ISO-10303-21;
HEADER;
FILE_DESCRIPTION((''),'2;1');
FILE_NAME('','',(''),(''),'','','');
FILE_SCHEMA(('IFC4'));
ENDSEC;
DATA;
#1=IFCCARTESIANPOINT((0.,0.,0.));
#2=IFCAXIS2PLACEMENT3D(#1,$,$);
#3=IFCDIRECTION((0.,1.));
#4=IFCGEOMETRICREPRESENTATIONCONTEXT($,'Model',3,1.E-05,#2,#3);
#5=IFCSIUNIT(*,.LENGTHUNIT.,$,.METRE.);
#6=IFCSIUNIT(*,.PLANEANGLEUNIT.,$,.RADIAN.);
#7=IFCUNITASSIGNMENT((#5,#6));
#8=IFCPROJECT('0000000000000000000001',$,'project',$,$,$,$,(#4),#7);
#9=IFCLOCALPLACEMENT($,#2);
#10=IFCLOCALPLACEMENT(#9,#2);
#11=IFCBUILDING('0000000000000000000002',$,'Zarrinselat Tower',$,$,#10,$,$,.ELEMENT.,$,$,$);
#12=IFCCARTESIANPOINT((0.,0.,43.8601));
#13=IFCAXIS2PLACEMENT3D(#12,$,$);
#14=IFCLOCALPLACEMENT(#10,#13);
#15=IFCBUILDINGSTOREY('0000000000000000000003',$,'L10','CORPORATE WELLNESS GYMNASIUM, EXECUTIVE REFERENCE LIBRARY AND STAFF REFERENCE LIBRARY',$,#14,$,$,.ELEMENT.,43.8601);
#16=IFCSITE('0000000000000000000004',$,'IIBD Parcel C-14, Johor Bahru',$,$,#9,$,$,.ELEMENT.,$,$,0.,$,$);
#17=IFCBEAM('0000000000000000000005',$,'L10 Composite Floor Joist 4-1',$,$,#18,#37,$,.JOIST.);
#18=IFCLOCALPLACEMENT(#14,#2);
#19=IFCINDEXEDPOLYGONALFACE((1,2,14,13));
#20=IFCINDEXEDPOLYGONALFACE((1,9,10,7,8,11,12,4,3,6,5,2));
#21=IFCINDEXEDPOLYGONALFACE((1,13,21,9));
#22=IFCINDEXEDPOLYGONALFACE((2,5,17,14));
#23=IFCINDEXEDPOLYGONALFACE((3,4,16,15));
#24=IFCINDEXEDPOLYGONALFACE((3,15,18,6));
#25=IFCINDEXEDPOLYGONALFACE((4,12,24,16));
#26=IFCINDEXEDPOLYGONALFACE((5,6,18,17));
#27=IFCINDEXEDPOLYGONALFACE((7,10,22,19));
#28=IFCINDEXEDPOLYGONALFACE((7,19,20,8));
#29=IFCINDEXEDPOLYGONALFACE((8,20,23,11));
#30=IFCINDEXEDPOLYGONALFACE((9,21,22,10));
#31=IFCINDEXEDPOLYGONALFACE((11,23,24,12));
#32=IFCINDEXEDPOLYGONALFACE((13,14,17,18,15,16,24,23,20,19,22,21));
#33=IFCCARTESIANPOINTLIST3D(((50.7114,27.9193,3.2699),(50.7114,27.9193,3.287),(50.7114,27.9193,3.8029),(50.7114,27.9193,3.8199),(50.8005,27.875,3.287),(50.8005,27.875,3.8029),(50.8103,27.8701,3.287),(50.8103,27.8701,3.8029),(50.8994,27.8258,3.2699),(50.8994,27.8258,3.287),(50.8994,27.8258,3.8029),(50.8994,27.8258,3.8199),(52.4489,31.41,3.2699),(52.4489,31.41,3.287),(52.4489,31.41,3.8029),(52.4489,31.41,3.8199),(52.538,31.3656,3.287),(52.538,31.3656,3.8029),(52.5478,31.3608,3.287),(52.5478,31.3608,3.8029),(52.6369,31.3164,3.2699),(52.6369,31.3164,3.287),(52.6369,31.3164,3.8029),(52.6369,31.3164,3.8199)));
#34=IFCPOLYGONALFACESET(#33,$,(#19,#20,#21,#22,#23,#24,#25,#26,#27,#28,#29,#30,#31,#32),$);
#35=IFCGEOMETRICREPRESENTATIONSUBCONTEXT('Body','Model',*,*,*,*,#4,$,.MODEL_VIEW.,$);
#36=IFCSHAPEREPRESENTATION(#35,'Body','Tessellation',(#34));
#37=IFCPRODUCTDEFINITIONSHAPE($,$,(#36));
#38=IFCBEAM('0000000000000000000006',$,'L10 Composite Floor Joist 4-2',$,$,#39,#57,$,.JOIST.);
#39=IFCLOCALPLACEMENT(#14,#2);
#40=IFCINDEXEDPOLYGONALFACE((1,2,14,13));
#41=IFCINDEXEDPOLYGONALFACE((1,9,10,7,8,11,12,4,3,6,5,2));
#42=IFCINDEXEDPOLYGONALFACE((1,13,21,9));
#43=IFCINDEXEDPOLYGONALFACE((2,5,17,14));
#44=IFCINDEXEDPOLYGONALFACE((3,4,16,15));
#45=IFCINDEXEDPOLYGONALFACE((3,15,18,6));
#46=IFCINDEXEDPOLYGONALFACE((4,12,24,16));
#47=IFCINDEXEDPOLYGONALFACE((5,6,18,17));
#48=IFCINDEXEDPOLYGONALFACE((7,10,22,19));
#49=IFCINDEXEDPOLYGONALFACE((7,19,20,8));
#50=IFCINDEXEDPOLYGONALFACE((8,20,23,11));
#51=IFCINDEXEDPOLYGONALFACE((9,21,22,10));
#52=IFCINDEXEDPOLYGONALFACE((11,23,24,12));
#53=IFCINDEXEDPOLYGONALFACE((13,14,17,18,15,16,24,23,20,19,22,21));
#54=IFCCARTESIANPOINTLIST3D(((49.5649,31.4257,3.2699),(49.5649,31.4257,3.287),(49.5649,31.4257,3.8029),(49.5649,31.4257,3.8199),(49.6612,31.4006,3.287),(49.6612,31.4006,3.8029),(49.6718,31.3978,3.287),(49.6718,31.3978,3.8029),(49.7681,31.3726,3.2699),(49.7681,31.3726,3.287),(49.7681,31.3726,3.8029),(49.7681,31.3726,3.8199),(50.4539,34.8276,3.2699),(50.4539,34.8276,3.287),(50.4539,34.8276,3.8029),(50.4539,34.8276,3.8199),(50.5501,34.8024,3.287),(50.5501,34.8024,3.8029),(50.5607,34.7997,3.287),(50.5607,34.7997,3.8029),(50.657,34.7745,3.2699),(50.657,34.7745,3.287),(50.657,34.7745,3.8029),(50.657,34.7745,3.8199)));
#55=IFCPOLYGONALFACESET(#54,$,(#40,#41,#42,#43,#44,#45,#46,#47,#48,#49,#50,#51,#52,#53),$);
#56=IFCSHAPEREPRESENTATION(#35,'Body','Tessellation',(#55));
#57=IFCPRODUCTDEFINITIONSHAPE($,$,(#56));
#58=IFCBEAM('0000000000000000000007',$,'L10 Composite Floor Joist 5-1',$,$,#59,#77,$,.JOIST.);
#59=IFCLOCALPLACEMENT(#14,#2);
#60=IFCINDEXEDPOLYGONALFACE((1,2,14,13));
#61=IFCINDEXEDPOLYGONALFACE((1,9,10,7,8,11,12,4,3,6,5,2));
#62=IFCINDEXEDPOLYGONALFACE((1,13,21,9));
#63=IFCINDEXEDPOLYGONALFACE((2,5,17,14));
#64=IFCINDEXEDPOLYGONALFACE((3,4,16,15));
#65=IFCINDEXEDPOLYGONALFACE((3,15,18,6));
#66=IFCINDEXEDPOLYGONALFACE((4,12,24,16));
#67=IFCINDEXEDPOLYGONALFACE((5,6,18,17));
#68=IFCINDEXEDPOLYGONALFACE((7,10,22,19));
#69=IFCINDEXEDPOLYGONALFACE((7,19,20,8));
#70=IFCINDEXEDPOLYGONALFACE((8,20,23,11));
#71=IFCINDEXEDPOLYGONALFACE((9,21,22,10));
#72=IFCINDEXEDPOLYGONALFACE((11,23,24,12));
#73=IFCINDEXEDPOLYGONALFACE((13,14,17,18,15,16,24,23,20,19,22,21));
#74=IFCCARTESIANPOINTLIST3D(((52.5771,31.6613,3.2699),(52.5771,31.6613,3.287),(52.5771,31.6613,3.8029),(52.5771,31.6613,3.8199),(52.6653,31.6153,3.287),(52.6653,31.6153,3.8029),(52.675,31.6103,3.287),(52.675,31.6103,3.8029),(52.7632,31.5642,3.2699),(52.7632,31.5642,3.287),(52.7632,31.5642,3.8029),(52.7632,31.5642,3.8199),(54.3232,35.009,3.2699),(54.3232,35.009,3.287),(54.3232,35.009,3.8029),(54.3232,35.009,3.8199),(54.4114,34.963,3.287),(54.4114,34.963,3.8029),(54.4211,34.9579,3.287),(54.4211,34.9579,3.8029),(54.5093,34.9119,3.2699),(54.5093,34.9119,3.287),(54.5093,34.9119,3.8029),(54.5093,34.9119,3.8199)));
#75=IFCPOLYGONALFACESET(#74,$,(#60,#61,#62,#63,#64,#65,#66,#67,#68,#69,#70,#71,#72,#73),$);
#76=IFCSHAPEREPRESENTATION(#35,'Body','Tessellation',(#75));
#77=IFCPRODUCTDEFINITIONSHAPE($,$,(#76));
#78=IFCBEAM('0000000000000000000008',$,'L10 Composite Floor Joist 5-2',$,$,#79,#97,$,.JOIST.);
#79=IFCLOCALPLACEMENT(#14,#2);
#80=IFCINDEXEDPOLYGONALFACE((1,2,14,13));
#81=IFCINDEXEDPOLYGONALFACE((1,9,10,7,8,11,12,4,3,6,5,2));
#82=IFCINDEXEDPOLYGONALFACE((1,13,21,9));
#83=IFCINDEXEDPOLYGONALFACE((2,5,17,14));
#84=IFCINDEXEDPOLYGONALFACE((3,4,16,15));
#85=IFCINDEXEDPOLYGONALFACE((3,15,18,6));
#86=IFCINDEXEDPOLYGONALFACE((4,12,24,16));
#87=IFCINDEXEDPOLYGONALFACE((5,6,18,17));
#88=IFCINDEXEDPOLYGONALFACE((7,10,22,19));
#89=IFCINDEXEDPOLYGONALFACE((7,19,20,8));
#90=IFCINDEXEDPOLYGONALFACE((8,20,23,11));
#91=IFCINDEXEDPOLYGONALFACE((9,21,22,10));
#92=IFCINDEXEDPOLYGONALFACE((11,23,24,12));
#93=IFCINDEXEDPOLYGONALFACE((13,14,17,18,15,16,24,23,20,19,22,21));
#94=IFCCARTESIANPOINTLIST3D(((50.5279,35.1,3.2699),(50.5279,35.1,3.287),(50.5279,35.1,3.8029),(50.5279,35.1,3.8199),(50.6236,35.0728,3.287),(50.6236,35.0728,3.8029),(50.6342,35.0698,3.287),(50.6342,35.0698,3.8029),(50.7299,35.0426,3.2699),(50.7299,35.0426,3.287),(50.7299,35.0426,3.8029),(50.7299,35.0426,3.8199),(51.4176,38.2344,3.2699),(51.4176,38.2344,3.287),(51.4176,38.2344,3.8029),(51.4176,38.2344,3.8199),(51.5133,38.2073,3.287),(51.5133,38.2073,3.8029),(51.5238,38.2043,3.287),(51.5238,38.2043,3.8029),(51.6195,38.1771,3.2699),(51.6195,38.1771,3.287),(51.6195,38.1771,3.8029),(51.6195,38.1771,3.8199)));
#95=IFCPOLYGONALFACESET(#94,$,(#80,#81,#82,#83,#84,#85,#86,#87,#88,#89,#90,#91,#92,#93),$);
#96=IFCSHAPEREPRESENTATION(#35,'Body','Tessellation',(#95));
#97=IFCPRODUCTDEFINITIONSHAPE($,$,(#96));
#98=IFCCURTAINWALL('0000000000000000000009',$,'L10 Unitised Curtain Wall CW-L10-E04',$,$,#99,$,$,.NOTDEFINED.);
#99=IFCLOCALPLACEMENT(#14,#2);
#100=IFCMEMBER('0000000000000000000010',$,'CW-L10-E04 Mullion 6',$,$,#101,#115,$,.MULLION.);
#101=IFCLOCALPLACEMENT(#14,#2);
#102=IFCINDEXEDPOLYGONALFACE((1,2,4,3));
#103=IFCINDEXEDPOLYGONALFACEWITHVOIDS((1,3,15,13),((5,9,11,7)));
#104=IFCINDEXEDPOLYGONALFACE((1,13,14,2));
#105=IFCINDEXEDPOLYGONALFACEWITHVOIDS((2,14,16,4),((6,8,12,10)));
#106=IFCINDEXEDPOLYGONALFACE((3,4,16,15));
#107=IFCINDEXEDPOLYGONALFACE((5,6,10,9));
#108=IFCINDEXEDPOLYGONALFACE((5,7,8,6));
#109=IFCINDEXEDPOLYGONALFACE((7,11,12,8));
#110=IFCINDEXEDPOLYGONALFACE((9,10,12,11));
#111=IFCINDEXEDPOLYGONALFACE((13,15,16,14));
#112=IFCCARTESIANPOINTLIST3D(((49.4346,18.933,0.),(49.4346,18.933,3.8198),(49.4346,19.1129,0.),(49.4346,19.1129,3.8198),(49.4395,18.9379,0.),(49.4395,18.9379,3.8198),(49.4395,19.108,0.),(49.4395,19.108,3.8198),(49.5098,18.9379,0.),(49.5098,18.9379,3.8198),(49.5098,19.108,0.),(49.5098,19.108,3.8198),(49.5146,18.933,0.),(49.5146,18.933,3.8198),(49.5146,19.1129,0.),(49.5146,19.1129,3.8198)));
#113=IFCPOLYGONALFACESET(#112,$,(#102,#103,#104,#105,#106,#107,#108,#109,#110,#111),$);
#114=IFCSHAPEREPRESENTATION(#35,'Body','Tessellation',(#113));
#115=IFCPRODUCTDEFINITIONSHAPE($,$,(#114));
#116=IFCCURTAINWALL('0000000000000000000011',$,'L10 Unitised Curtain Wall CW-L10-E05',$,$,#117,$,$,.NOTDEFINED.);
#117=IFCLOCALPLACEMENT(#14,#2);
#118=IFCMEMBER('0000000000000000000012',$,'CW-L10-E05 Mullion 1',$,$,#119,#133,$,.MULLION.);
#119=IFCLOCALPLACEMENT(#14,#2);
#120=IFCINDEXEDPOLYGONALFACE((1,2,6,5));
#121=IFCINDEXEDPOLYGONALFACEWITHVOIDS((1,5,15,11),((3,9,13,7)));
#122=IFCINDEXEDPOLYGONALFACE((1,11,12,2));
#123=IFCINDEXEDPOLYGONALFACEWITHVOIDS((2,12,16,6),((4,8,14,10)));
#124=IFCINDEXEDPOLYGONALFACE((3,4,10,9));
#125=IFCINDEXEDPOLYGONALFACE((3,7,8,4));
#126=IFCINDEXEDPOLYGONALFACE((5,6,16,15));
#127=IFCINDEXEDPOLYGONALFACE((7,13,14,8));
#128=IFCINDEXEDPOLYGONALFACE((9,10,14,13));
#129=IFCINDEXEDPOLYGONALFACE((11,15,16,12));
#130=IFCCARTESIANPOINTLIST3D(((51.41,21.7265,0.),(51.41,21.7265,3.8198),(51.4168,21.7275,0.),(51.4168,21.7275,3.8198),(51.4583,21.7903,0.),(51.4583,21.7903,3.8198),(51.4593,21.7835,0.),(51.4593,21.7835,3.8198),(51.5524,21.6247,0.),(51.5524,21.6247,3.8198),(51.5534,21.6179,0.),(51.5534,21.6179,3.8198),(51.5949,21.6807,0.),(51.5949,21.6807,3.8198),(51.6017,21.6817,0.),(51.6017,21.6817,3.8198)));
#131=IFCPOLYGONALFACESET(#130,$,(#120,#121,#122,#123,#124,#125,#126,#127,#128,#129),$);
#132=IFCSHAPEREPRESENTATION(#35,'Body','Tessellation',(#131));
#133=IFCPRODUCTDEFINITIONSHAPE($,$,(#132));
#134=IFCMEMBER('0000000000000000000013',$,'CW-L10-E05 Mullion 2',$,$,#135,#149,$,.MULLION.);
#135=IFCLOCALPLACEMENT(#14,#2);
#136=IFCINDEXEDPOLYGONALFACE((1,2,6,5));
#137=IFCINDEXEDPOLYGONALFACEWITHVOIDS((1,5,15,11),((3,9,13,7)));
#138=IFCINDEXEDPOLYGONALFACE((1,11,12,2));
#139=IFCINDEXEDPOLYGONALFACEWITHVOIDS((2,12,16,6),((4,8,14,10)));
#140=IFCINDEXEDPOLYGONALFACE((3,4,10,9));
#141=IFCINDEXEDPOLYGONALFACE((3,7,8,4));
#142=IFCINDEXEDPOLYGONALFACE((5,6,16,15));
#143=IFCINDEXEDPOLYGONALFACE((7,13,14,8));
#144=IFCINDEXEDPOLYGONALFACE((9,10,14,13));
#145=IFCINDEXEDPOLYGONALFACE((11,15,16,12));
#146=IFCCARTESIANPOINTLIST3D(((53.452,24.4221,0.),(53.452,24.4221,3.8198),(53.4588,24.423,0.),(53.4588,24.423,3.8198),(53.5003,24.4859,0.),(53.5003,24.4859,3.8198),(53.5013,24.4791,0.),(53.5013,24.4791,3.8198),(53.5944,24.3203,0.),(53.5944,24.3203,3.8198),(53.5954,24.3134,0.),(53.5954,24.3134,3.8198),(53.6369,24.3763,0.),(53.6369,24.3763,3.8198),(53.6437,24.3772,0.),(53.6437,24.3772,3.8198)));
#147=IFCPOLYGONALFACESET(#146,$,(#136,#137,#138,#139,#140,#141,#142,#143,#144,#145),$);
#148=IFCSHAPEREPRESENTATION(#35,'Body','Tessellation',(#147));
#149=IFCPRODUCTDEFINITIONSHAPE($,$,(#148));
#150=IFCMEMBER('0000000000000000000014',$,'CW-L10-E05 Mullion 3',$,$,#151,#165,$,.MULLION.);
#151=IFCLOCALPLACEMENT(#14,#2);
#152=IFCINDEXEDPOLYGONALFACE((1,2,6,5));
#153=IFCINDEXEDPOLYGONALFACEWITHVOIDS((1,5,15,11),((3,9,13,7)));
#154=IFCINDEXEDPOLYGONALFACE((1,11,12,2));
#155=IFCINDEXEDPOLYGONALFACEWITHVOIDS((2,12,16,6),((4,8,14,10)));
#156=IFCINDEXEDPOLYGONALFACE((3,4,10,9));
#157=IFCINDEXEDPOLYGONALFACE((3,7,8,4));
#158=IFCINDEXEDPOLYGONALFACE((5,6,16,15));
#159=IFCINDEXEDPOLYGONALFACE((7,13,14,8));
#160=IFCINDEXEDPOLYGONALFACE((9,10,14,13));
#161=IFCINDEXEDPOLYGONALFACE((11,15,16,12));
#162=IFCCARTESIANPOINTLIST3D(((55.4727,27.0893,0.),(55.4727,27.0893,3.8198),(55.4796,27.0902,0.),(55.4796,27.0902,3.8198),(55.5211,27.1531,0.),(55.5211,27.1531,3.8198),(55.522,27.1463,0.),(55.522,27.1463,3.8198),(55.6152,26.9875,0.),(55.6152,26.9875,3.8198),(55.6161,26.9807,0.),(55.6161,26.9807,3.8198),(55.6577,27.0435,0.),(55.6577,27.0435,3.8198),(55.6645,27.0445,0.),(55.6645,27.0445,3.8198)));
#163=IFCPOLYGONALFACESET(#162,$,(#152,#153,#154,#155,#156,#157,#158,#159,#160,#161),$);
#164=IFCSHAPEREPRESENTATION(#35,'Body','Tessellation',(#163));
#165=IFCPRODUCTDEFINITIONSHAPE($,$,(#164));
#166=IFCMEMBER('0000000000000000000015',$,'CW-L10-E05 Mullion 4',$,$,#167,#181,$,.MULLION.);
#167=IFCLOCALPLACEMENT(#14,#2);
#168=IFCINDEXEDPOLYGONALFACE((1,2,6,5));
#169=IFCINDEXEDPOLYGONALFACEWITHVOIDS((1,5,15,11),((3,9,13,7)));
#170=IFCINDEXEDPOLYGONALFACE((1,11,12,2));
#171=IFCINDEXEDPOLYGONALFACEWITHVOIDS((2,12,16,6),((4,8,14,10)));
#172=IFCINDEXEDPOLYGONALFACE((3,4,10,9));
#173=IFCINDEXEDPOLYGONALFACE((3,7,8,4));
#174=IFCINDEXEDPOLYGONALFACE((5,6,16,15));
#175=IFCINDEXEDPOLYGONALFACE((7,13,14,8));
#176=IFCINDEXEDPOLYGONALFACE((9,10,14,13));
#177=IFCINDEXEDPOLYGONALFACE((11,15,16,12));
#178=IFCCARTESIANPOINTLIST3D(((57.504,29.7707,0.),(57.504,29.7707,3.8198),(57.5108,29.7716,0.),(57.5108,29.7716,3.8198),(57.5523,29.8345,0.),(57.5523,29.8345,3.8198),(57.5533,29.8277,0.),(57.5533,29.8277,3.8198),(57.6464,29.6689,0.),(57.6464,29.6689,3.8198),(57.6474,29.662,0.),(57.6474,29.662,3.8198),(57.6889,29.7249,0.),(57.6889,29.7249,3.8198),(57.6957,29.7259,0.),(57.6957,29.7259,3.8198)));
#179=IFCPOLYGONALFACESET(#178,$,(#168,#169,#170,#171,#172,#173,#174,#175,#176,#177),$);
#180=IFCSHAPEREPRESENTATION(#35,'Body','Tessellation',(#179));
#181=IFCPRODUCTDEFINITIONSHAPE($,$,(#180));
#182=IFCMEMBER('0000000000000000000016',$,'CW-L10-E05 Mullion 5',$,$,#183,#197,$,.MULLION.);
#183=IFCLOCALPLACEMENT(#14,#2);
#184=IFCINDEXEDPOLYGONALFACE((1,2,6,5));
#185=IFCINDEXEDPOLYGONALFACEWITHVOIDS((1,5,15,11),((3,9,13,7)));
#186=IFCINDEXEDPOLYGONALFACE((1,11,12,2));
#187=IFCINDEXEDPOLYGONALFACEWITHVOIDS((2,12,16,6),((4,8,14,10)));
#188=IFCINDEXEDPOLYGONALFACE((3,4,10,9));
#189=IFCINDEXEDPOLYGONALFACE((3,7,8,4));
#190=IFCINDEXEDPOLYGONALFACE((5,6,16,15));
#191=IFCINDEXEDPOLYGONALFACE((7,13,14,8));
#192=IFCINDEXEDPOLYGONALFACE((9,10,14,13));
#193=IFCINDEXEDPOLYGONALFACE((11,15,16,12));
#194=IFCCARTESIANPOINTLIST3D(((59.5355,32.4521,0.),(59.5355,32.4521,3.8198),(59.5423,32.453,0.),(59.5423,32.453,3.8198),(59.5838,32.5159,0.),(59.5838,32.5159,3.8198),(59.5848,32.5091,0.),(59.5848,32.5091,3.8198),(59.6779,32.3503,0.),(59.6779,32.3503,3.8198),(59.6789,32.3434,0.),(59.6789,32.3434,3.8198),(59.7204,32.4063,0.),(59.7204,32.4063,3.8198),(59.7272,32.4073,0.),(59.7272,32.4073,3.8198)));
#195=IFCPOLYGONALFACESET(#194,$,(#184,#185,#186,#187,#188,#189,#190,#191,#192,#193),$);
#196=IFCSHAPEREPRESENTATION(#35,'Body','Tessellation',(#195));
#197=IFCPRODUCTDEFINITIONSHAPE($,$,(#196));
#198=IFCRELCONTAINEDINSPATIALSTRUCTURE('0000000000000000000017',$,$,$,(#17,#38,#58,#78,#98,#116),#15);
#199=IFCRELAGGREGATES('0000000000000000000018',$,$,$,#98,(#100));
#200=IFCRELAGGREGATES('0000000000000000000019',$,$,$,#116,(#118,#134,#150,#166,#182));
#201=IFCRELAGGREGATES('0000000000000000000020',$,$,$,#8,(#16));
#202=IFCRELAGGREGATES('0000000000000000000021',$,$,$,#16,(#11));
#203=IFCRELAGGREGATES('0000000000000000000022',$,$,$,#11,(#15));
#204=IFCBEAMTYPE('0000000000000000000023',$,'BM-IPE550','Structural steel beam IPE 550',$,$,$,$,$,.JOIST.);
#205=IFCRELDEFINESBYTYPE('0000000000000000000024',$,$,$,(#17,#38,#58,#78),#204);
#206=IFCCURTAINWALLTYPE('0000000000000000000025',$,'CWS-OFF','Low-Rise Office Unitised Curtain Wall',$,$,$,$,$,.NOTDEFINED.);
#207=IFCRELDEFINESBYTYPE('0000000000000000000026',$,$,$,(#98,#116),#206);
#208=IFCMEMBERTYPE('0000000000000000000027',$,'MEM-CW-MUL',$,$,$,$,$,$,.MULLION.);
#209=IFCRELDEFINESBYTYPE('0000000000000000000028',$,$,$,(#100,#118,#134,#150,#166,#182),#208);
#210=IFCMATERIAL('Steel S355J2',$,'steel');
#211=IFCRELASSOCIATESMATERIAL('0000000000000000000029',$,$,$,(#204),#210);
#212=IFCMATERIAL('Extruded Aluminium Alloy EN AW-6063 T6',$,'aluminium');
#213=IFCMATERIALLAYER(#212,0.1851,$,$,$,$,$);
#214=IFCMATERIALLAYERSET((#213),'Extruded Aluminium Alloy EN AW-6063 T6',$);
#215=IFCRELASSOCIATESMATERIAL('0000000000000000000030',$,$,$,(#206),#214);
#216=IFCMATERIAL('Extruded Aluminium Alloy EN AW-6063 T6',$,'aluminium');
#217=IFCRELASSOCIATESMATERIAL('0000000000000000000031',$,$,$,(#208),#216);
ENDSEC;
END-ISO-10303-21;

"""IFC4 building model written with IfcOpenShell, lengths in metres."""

from ifc_helpers import new_model, si_unit, direction, frame, origin, origin_2d, place, context, subcontext, project, spatial, hollow_rectangle, i_section, extrude, material, layer, layer_set, material_profile, profile_set, type_object, element, aggregate, save


model = new_model("IFC4")

# Units and contexts
model_context = context("Model", 3, precision=1e-05, world=origin(), true_north=direction((0.0, 1.0)))
body_context = subcontext(model_context, "Body", "Model", "MODEL_VIEW")
ifc_project = project(units=[si_unit("LENGTHUNIT", "METRE"), si_unit("PLANEANGLEUNIT", "RADIAN")], contexts=[model_context])

# Site, building, storey
site_placement = place(None, origin())
site = spatial("IfcSite", under=ifc_project, at=site_placement, Name="IIBD Parcel C-14, Johor Bahru", CompositionType="ELEMENT", RefElevation=0.0)
building_placement = place(site_placement, origin())
building = spatial("IfcBuilding", under=site, at=building_placement, Name="Zarrinselat Tower", CompositionType="ELEMENT")
storey_placement = place(building_placement, frame((0.0, 0.0, 43.8601)))
storey = spatial("IfcBuildingStorey", under=building, at=storey_placement, Name="L10", Description="CORPORATE WELLNESS GYMNASIUM, EXECUTIVE REFERENCE LIBRARY AND STAFF REFERENCE LIBRARY", CompositionType="ELEMENT", Elevation=43.8601)

# Beams
ifc_material_1 = material(Name="Steel S355J2", Category="steel")
ifc_material_profile_1 = material_profile(ifc_material_1, i_section(OverallWidth=0.21, OverallDepth=0.55, WebThickness=0.011, FlangeThickness=0.0171, at=origin_2d()), Name="IPE 550")
ifc_profile_set_1 = profile_set([ifc_material_profile_1], Name="Steel S355J2")
beam_type_1 = type_object("IfcBeamType", Name="BM-IPE550", Description="Structural steel beam IPE 550", PredefinedType="JOIST", material=ifc_profile_set_1)
beam_1_placement = place(storey_placement, frame((50.8054, 27.8726, 3.5449), z_axis=(0.44561, 0.895227, 0.0), x_axis=(-0.895227, 0.44561, 0.0)))
element("IfcBeam", 1, at=beam_1_placement, inside=storey, type_object=beam_type_1, Name="L10 Composite Floor Joist 4-1", PredefinedType="JOIST", context=body_context, shape_type="SweptSolid", body=[
    extrude(i_section(OverallWidth=0.21, OverallDepth=0.55, WebThickness=0.011, FlangeThickness=0.0171, at=origin_2d()), origin(), (0.0, 0.0, 1.0), 3.8992),
])
beam_2_placement = place(storey_placement, frame((49.6665, 31.3992, 3.5449), z_axis=(0.252815, 0.967515, 0.0), x_axis=(-0.967515, 0.252815, 0.0)))
element("IfcBeam", 2, at=beam_2_placement, inside=storey, type_object=beam_type_1, Name="L10 Composite Floor Joist 4-2", PredefinedType="JOIST", context=body_context, shape_type="SweptSolid", body=[
    extrude(i_section(OverallWidth=0.21, OverallDepth=0.55, WebThickness=0.011, FlangeThickness=0.0171, at=origin_2d()), origin(), (0.0, 0.0, 1.0), 3.5161),
])
beam_3_placement = place(storey_placement, frame((52.6702, 31.6128, 3.5449), z_axis=(0.46246, 0.88664, 0.0), x_axis=(-0.88664, 0.46246, 0.0)))
element("IfcBeam", 3, at=beam_3_placement, inside=storey, type_object=beam_type_1, Name="L10 Composite Floor Joist 5-1", PredefinedType="JOIST", context=body_context, shape_type="SweptSolid", body=[
    extrude(i_section(OverallWidth=0.21, OverallDepth=0.55, WebThickness=0.011, FlangeThickness=0.0171, at=origin_2d()), origin(), (0.0, 0.0, 1.0), 3.7756),
])
beam_4_placement = place(storey_placement, frame((50.6289, 35.0713, 3.5449), z_axis=(0.273038, 0.962003, 0.0), x_axis=(-0.962003, 0.273038, 0.0)))
element("IfcBeam", 4, at=beam_4_placement, inside=storey, type_object=beam_type_1, Name="L10 Composite Floor Joist 5-2", PredefinedType="JOIST", context=body_context, shape_type="SweptSolid", body=[
    extrude(i_section(OverallWidth=0.21, OverallDepth=0.55, WebThickness=0.011, FlangeThickness=0.0171, at=origin_2d()), origin(), (0.0, 0.0, 1.0), 3.2583),
])

# Curtain wall, member
ifc_material_2 = material(Name="Extruded Aluminium Alloy EN AW-6063 T6", Category="aluminium")
ifc_layer_1 = layer(ifc_material_2, 0.1851)
ifc_layer_set_1 = layer_set([ifc_layer_1], Name="Extruded Aluminium Alloy EN AW-6063 T6")
curtain_wall_type = type_object("IfcCurtainWallType", Name="CWS-OFF", Description="Low-Rise Office Unitised Curtain Wall", PredefinedType="NOTDEFINED", material=ifc_layer_set_1)
curtain_wall_1_placement = place(storey_placement, origin())
curtain_wall_1 = element("IfcCurtainWall", 5, at=curtain_wall_1_placement, inside=storey, type_object=curtain_wall_type, Name="L10 Unitised Curtain Wall CW-L10-E04", PredefinedType="NOTDEFINED")
ifc_material_3 = material(Name="Extruded Aluminium Alloy EN AW-6063 T6", Category="aluminium")
ifc_material_profile_2 = material_profile(ifc_material_3, hollow_rectangle(XDim=0.0801, YDim=0.1799, WallThickness=0.0049, at=origin_2d()), Name="RHS 180x80x5")
ifc_profile_set_2 = profile_set([ifc_material_profile_2], Name="Extruded Aluminium Alloy EN AW-6063 T6")
member_type_1 = type_object("IfcMemberType", Name="MEM-CW-MUL", PredefinedType="MULLION", material=ifc_profile_set_2)
member_1_placement = place(storey_placement, frame((49.4746, 19.0229, 0.0), z_axis=(0.0, 0.0, 1.0), x_axis=(1.0, 0.0, 0.0)))
member_1 = element("IfcMember", 6, at=member_1_placement, type_object=member_type_1, Name="CW-L10-E04 Mullion 6", PredefinedType="MULLION", context=body_context, shape_type="SweptSolid", body=[
    extrude(hollow_rectangle(XDim=0.0801, YDim=0.1799, WallThickness=0.0049, at=origin_2d()), origin(), (0.0, 0.0, 1.0), 3.8198),
])
aggregate(curtain_wall_1, [member_1])

# Curtain wall, members
curtain_wall_2_placement = place(storey_placement, origin())
curtain_wall_2 = element("IfcCurtainWall", 7, at=curtain_wall_2_placement, inside=storey, type_object=curtain_wall_type, Name="L10 Unitised Curtain Wall CW-L10-E05", PredefinedType="NOTDEFINED")
member_2_placement = place(storey_placement, frame((51.5059, 21.7041, 0.0), z_axis=(0.0, 0.0, 1.0), x_axis=(0.603859, 0.797091, 0.0)))
member_2 = element("IfcMember", 8, at=member_2_placement, type_object=member_type_1, Name="CW-L10-E05 Mullion 1", PredefinedType="MULLION", context=body_context, shape_type="SweptSolid", body=[
    extrude(hollow_rectangle(XDim=0.0801, YDim=0.1799, WallThickness=0.0049, at=origin_2d()), origin(), (0.0, 0.0, 1.0), 3.8198),
])
member_3_placement = place(storey_placement, frame((53.5479, 24.3997, 0.0), z_axis=(0.0, 0.0, 1.0), x_axis=(0.603859, 0.797091, 0.0)))
member_3 = element("IfcMember", 9, at=member_3_placement, type_object=member_type_1, Name="CW-L10-E05 Mullion 2", PredefinedType="MULLION", context=body_context, shape_type="SweptSolid", body=[
    extrude(hollow_rectangle(XDim=0.0801, YDim=0.1799, WallThickness=0.0049, at=origin_2d()), origin(), (0.0, 0.0, 1.0), 3.8198),
])
member_4_placement = place(storey_placement, frame((55.5686, 27.0669, 0.0), z_axis=(0.0, 0.0, 1.0), x_axis=(0.603859, 0.797091, 0.0)))
member_4 = element("IfcMember", 10, at=member_4_placement, type_object=member_type_1, Name="CW-L10-E05 Mullion 3", PredefinedType="MULLION", context=body_context, shape_type="SweptSolid", body=[
    extrude(hollow_rectangle(XDim=0.0801, YDim=0.1799, WallThickness=0.0049, at=origin_2d()), origin(), (0.0, 0.0, 1.0), 3.8198),
])
member_5_placement = place(storey_placement, frame((57.5999, 29.7483, 0.0), z_axis=(0.0, 0.0, 1.0), x_axis=(0.603859, 0.797091, 0.0)))
member_5 = element("IfcMember", 11, at=member_5_placement, type_object=member_type_1, Name="CW-L10-E05 Mullion 4", PredefinedType="MULLION", context=body_context, shape_type="SweptSolid", body=[
    extrude(hollow_rectangle(XDim=0.0801, YDim=0.1799, WallThickness=0.0049, at=origin_2d()), origin(), (0.0, 0.0, 1.0), 3.8198),
])
member_6_placement = place(storey_placement, frame((59.6313, 32.4297, 0.0), z_axis=(0.0, 0.0, 1.0), x_axis=(0.603859, 0.797091, 0.0)))
member_6 = element("IfcMember", 12, at=member_6_placement, type_object=member_type_1, Name="CW-L10-E05 Mullion 5", PredefinedType="MULLION", context=body_context, shape_type="SweptSolid", body=[
    extrude(hollow_rectangle(XDim=0.0801, YDim=0.1799, WallThickness=0.0049, at=origin_2d()), origin(), (0.0, 0.0, 1.0), 3.8198),
])

aggregate(curtain_wall_2, [member_2, member_3, member_4, member_5, member_6])

save(model, "model.ifc")
